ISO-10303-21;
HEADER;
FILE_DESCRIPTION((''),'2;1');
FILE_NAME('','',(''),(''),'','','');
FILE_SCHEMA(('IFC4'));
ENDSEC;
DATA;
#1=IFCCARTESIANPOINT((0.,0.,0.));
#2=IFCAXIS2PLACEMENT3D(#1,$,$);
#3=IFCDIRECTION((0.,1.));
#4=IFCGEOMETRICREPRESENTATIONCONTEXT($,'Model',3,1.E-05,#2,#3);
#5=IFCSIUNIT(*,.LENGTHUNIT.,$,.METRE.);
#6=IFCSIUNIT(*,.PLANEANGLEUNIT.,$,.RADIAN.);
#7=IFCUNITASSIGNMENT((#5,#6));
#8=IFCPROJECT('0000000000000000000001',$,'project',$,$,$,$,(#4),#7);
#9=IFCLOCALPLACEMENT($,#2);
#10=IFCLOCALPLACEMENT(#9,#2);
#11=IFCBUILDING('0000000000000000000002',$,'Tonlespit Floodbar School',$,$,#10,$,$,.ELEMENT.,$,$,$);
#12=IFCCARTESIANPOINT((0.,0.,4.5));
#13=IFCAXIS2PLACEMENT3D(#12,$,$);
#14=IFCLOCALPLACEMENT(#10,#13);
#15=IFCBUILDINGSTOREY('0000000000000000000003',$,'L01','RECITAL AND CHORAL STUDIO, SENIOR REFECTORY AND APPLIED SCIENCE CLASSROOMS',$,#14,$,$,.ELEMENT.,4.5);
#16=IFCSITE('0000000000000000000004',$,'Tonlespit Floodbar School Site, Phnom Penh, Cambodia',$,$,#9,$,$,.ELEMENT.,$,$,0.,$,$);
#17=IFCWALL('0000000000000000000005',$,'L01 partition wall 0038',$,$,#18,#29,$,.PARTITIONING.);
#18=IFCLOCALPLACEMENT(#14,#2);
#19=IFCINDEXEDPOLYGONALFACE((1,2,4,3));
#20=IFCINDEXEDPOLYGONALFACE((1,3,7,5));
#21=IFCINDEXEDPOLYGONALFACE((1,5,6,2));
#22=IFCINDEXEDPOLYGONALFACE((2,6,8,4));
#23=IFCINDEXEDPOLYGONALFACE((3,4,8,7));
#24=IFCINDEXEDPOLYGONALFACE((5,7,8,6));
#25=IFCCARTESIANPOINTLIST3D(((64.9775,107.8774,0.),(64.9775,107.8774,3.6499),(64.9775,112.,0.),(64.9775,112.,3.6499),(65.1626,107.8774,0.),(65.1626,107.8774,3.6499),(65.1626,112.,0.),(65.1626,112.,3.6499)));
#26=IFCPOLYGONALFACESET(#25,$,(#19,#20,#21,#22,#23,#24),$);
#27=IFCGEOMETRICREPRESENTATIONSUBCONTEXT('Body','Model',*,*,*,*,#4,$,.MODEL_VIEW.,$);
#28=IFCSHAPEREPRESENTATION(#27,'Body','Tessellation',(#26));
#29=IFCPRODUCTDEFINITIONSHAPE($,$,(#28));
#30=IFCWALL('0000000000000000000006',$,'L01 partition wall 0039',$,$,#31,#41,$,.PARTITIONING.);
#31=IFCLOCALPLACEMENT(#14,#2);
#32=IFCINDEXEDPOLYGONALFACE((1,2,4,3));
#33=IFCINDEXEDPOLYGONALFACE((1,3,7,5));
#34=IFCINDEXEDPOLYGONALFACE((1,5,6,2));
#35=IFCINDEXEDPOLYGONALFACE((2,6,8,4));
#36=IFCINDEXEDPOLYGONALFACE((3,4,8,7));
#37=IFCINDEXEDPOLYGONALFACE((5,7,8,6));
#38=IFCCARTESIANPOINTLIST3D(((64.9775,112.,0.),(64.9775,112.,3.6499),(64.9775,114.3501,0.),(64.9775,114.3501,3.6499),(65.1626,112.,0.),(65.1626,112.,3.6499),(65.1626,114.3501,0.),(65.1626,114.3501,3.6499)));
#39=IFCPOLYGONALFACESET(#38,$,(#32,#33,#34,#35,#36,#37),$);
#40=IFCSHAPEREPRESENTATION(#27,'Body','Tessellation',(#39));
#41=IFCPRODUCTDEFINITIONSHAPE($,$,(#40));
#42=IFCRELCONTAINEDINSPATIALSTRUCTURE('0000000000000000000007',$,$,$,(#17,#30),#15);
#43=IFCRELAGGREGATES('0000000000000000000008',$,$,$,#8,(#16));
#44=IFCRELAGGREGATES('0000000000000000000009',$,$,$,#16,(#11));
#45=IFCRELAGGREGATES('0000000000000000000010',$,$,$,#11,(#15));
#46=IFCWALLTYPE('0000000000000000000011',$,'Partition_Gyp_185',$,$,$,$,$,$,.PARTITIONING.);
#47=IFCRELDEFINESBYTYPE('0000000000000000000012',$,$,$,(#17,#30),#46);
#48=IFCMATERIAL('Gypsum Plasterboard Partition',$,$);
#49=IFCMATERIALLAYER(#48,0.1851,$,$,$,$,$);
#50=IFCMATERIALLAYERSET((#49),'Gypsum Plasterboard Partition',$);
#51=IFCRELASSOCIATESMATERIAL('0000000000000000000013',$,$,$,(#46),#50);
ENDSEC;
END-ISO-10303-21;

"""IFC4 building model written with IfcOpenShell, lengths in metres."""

from ifc_helpers import new_model, si_unit, direction, frame, frame_2d, origin, place, context, subcontext, project, spatial, rectangle, extrude, material, layer, layer_set, type_object, element, save


model = new_model("IFC4")

# Units and contexts
model_context = context("Model", 3, precision=1e-05, world=origin(), true_north=direction((0.0, 1.0)))
body_context = subcontext(model_context, "Body", "Model", "MODEL_VIEW")
ifc_project = project(units=[si_unit("LENGTHUNIT", "METRE"), si_unit("PLANEANGLEUNIT", "RADIAN")], contexts=[model_context])

# Site, building, storey
site_placement = place(None, origin())
site = spatial("IfcSite", under=ifc_project, at=site_placement, Name="Tonlespit Floodbar School Site, Phnom Penh, Cambodia", CompositionType="ELEMENT", RefElevation=0.0)
building_placement = place(site_placement, origin())
building = spatial("IfcBuilding", under=site, at=building_placement, Name="Tonlespit Floodbar School", CompositionType="ELEMENT")
storey_placement = place(building_placement, frame((0.0, 0.0, 4.5)))
storey = spatial("IfcBuildingStorey", under=building, at=storey_placement, Name="L01", Description="RECITAL AND CHORAL STUDIO, SENIOR REFECTORY AND APPLIED SCIENCE CLASSROOMS", CompositionType="ELEMENT", Elevation=4.5)

# Shared definitions
ifc_material_1 = material(Name="Gypsum Plasterboard Partition")

# Shared definitions
ifc_layer_1 = layer(ifc_material_1, 0.1851)
ifc_layer_set_1 = layer_set([ifc_layer_1], Name="Gypsum Plasterboard Partition")
wall_type_1 = type_object("IfcWallType", Name="Partition_Gyp_185", PredefinedType="PARTITIONING", material=ifc_layer_set_1)

# Walls
wall_1_placement = place(storey_placement, frame((65.0701, 107.8774, 0.0), z_axis=(0.0, 0.0, 1.0), x_axis=(0.0, 1.0, 0.0)))
element("IfcWall", 1, at=wall_1_placement, inside=storey, type_object=wall_type_1, Name="L01 partition wall 0038", PredefinedType="PARTITIONING", context=body_context, shape_type="SweptSolid", body=[
    extrude(rectangle(XDim=4.1226, YDim=0.1851, at=frame_2d((2.0613, 0.0))), origin(), (0.0, 0.0, 1.0), 3.6499),
])
wall_2_placement = place(storey_placement, frame((65.0701, 112.0, 0.0), z_axis=(0.0, 0.0, 1.0), x_axis=(0.0, 1.0, 0.0)))
element("IfcWall", 2, at=wall_2_placement, inside=storey, type_object=wall_type_1, Name="L01 partition wall 0039", PredefinedType="PARTITIONING", context=body_context, shape_type="SweptSolid", body=[
    extrude(rectangle(XDim=2.3501, YDim=0.1851, at=frame_2d((1.175, 0.0))), origin(), (0.0, 0.0, 1.0), 3.6499),
])

save(model, "model.ifc")
